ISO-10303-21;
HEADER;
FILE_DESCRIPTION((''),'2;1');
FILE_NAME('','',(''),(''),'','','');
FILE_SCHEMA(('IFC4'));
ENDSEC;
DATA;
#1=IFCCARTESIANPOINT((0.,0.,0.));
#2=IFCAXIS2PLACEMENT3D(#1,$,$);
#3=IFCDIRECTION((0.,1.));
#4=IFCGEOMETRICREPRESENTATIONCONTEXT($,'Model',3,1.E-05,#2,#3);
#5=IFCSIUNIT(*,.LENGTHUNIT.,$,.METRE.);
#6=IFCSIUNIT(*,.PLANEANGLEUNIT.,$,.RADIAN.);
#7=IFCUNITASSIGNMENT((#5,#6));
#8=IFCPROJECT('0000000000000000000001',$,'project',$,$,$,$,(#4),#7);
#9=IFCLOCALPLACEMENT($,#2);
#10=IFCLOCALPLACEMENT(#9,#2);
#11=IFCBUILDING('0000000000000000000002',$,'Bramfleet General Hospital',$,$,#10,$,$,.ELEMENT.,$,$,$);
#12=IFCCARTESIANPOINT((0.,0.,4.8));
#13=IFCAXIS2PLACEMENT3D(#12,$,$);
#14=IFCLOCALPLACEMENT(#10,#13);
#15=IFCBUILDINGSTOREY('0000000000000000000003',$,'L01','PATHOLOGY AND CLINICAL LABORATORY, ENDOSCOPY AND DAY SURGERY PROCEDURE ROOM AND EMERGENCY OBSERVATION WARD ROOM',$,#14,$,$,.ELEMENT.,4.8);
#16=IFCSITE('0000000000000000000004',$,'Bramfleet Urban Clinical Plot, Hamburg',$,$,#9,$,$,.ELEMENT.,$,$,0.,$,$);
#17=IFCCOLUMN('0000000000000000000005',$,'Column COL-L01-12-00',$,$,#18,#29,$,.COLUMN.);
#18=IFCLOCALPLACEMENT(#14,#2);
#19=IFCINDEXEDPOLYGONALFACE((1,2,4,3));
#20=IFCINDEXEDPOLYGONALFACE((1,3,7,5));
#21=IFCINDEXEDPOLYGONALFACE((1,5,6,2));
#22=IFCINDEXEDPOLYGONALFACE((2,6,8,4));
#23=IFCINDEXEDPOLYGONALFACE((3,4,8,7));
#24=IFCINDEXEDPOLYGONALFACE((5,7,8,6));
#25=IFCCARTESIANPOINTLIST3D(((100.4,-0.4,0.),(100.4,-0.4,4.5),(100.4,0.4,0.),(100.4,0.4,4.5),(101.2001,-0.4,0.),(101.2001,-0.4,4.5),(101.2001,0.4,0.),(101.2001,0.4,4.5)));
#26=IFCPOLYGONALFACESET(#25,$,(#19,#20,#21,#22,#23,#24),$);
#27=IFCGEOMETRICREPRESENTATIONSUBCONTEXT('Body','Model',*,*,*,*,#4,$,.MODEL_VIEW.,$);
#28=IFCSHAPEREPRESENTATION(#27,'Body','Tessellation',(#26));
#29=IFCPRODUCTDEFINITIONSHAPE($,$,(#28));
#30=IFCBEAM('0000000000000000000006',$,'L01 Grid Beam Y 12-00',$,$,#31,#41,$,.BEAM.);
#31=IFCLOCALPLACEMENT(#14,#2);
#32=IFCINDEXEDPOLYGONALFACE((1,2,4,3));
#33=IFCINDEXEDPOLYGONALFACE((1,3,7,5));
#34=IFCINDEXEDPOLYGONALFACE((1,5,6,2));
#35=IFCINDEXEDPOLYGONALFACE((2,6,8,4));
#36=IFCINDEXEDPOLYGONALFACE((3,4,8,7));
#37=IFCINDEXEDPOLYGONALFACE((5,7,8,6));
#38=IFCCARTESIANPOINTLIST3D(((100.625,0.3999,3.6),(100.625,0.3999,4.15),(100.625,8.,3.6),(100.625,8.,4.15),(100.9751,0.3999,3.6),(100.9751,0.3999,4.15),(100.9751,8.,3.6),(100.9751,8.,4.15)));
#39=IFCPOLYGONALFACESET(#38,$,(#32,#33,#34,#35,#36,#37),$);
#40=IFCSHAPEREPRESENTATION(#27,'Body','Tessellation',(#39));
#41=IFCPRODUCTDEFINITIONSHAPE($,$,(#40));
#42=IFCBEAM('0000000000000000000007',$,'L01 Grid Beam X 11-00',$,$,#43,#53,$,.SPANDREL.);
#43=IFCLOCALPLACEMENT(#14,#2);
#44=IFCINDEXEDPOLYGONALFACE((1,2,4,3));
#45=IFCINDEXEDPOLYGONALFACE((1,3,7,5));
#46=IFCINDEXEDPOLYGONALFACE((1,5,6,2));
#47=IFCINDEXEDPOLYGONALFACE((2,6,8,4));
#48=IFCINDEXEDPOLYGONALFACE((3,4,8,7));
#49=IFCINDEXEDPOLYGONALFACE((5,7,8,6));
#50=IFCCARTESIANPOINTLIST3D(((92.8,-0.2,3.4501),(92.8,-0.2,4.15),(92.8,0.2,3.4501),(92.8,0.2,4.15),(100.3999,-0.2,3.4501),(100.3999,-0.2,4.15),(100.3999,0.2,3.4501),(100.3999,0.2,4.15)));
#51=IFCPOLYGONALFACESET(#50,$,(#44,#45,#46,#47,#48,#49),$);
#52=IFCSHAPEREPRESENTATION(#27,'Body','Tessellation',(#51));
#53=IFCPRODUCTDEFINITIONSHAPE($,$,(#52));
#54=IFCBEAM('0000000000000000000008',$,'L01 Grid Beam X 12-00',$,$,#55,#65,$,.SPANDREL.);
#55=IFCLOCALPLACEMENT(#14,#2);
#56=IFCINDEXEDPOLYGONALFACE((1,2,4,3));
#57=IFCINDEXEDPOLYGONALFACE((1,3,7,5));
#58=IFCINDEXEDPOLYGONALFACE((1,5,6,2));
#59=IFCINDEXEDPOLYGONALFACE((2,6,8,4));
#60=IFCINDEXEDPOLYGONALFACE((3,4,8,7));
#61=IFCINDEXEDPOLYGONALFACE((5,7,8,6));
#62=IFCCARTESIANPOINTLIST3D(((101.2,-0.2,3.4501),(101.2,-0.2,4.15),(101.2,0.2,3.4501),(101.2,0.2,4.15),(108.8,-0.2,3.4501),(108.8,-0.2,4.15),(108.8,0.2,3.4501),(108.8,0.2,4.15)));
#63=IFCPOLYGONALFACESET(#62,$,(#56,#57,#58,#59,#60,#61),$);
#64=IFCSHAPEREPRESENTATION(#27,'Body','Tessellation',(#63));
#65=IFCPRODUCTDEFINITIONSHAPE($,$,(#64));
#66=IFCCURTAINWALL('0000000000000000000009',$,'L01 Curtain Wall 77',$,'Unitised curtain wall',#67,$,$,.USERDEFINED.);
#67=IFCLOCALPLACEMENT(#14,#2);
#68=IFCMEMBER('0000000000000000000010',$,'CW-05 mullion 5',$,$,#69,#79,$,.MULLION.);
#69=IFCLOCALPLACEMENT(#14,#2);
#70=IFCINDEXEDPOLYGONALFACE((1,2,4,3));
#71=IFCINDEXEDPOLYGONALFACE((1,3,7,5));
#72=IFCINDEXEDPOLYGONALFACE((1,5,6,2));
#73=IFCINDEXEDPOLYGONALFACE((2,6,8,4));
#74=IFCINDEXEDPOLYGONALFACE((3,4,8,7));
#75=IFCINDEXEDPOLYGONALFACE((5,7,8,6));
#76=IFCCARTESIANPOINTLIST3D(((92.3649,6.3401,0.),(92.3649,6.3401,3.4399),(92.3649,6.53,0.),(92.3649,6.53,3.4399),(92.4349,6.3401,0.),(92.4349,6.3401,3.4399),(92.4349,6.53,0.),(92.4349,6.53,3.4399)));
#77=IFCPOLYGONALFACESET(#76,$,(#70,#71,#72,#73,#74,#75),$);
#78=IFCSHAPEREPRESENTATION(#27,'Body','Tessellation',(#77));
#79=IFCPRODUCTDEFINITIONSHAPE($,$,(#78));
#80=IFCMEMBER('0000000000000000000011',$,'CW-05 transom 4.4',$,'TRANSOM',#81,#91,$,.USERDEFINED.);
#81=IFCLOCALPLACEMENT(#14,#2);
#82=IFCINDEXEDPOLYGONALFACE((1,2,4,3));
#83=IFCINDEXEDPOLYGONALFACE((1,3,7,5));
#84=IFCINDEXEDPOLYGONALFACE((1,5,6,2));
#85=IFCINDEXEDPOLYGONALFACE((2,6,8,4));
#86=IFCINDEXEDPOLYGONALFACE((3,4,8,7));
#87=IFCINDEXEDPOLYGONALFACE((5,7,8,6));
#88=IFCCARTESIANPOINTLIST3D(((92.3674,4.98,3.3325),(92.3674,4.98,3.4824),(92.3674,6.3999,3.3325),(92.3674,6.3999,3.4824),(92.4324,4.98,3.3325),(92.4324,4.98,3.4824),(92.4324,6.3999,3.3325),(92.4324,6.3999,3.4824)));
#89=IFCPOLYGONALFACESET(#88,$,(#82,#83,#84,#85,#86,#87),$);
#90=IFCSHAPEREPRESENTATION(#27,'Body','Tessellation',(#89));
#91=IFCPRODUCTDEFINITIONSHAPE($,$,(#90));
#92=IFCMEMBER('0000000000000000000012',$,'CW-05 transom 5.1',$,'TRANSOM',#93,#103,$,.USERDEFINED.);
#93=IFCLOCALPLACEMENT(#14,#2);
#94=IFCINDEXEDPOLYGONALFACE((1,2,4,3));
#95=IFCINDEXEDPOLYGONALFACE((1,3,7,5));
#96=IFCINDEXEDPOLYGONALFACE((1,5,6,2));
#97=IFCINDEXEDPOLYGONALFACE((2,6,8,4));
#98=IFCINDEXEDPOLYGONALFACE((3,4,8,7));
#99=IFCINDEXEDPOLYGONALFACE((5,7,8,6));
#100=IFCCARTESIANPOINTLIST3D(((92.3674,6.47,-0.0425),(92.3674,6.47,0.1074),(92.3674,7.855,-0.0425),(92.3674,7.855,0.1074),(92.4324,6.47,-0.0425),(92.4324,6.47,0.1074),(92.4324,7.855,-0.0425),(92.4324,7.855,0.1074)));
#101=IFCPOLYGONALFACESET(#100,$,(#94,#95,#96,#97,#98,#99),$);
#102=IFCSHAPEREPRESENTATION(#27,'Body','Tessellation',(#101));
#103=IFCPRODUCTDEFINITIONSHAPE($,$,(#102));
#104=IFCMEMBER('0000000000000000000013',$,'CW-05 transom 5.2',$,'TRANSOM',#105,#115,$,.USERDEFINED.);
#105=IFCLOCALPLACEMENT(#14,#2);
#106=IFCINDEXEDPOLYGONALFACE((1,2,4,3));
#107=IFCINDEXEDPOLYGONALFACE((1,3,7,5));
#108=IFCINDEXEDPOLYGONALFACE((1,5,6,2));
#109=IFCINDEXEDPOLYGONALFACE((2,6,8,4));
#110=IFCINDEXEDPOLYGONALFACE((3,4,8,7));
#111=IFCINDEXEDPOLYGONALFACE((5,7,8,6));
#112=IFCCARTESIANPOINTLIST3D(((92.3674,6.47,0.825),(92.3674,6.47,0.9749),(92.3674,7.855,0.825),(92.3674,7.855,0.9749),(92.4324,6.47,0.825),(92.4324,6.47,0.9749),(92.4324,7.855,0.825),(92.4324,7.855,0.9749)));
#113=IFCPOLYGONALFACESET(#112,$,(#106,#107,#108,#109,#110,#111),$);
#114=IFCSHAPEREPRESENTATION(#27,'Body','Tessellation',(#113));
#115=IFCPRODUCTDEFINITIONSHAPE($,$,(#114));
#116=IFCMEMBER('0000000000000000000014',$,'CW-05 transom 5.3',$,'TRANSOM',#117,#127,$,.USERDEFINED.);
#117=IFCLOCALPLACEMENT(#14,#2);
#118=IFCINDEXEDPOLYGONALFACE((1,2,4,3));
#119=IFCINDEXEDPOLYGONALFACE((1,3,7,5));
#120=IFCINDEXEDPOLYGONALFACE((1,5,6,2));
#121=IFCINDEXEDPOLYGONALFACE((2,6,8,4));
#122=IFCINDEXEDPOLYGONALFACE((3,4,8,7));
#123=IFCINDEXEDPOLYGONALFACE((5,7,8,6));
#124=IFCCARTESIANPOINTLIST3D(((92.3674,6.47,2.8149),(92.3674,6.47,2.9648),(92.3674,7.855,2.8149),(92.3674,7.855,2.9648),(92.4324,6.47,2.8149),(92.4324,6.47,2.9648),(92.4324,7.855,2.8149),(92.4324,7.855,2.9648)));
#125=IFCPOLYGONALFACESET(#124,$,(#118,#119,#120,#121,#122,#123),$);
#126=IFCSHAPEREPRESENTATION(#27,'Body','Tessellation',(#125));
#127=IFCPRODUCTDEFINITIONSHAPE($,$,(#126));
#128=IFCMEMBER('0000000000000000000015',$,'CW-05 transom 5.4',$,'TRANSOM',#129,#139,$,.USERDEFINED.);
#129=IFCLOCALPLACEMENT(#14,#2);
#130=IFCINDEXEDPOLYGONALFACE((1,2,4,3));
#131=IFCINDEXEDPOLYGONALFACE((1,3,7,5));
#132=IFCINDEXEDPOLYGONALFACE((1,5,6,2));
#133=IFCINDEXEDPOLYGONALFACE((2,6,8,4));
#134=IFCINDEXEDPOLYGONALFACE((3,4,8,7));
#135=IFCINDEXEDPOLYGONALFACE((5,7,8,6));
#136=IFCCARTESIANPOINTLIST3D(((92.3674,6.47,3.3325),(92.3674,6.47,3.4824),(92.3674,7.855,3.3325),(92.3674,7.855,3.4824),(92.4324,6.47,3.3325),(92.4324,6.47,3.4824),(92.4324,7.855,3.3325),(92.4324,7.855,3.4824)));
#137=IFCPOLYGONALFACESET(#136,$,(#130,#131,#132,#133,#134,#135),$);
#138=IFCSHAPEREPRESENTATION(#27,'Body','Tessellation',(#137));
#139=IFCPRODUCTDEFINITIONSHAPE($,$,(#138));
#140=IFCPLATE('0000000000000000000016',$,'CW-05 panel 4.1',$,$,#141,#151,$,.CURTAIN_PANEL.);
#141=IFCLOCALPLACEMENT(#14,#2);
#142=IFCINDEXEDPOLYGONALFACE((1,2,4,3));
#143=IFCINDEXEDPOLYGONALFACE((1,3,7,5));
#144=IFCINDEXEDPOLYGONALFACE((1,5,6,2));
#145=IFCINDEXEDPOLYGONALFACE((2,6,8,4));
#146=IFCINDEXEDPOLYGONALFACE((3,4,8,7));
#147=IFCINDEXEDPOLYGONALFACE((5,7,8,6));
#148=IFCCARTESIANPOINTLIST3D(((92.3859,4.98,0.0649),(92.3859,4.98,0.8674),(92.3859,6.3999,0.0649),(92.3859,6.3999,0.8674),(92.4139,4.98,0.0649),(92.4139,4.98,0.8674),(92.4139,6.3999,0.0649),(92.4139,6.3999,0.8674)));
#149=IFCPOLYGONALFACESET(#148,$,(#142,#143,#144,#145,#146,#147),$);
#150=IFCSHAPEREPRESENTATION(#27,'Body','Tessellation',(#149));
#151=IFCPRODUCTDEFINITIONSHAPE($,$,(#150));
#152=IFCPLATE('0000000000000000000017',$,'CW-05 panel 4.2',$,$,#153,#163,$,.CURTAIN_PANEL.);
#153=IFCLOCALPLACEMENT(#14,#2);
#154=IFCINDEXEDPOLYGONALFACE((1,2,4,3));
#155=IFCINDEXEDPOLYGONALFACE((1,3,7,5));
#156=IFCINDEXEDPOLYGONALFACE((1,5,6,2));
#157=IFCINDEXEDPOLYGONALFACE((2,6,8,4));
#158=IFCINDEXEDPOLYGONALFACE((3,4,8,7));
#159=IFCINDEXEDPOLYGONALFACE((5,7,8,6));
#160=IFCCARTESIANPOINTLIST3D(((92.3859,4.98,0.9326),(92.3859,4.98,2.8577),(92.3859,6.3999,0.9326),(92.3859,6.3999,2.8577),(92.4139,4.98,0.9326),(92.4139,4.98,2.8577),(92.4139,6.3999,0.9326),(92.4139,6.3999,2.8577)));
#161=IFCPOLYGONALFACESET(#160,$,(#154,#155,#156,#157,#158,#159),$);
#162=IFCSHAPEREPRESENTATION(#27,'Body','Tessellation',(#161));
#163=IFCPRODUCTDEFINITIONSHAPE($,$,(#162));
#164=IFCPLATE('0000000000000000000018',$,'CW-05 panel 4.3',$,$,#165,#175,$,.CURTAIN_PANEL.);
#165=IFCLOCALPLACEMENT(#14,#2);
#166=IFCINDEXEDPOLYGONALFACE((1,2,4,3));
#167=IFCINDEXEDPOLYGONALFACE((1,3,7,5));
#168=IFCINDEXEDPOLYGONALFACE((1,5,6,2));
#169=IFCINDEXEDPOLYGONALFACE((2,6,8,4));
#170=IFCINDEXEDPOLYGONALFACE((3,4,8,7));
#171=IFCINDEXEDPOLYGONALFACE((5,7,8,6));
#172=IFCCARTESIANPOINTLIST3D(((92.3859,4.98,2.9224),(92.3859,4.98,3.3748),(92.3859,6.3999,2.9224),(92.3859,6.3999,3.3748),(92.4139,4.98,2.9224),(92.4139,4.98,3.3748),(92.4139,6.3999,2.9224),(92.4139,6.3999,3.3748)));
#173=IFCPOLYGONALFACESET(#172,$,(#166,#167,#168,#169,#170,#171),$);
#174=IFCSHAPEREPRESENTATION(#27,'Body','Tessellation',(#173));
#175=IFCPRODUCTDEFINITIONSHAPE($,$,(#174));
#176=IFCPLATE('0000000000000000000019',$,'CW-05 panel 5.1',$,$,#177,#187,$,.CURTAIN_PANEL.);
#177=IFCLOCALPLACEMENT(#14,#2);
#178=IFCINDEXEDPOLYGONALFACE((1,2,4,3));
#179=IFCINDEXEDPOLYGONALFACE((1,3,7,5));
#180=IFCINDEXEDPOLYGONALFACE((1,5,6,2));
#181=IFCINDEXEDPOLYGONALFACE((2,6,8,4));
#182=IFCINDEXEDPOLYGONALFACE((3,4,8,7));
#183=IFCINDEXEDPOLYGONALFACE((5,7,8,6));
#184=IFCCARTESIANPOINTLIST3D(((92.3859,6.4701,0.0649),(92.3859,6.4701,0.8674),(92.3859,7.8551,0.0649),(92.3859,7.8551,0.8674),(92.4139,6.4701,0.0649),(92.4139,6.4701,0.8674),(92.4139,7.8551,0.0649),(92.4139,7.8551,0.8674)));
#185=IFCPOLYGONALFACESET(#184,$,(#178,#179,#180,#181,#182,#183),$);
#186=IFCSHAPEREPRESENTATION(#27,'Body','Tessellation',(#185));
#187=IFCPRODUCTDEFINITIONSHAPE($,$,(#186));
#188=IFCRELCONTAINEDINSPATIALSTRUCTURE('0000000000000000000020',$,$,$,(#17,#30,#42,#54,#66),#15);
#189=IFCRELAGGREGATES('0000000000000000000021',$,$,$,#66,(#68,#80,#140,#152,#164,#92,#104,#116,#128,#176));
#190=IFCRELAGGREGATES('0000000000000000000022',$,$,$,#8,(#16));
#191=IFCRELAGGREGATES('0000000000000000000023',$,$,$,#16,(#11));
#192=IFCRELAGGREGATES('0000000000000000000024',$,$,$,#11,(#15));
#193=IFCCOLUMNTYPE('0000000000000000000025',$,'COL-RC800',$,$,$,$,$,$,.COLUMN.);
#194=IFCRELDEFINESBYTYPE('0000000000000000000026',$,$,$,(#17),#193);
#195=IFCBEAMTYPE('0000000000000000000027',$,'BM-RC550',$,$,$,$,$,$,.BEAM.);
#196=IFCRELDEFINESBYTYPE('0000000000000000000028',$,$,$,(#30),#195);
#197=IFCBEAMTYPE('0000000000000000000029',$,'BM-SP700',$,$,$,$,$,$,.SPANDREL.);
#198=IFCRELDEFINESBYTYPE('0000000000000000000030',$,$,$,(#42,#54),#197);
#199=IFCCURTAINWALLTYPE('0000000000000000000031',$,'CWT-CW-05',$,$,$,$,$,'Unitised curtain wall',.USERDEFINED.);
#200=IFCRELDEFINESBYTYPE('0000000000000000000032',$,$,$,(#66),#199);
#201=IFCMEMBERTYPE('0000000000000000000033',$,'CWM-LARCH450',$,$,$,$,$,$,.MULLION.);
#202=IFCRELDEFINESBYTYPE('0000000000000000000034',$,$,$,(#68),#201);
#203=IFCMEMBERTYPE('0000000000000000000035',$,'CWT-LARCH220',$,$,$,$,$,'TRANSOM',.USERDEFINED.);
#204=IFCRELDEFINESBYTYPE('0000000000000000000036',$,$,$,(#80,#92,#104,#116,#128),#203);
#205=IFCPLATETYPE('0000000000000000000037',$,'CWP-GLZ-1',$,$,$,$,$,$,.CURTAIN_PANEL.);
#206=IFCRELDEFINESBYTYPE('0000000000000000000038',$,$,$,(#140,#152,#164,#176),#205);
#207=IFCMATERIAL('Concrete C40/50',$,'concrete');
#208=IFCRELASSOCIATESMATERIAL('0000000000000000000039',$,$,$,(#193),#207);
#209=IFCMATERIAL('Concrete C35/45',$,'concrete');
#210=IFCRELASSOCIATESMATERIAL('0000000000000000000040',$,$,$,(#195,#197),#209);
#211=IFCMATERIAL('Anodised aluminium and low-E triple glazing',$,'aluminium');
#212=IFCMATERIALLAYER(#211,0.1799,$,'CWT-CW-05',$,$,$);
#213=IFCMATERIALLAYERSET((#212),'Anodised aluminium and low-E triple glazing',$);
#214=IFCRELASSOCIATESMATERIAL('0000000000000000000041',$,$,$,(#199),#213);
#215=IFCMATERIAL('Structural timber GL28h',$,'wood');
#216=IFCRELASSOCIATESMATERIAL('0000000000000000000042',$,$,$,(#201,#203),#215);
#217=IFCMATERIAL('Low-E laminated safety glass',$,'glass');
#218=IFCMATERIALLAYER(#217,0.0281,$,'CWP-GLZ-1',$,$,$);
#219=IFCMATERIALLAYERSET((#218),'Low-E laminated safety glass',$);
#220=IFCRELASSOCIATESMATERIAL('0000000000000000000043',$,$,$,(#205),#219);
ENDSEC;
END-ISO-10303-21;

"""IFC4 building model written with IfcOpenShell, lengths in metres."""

from ifc_helpers import new_model, si_unit, direction, frame, origin, origin_2d, place, context, subcontext, project, spatial, rectangle, extrude, material, layer, layer_set, material_profile, profile_set, type_object, element, aggregate, save


model = new_model("IFC4")

# Units and contexts
model_context = context("Model", 3, precision=1e-05, world=origin(), true_north=direction((0.0, 1.0)))
body_context = subcontext(model_context, "Body", "Model", "MODEL_VIEW")
ifc_project = project(units=[si_unit("LENGTHUNIT", "METRE"), si_unit("PLANEANGLEUNIT", "RADIAN")], contexts=[model_context])

# Site, building, storey
site_placement = place(None, origin())
site = spatial("IfcSite", under=ifc_project, at=site_placement, Name="Bramfleet Urban Clinical Plot, Hamburg", CompositionType="ELEMENT", RefElevation=0.0)
building_placement = place(site_placement, origin())
building = spatial("IfcBuilding", under=site, at=building_placement, Name="Bramfleet General Hospital", CompositionType="ELEMENT")
storey_placement = place(building_placement, frame((0.0, 0.0, 4.8)))
storey = spatial("IfcBuildingStorey", under=building, at=storey_placement, Name="L01", Description="PATHOLOGY AND CLINICAL LABORATORY, ENDOSCOPY AND DAY SURGERY PROCEDURE ROOM AND EMERGENCY OBSERVATION WARD ROOM", CompositionType="ELEMENT", Elevation=4.8)

# Column
ifc_material_1 = material(Name="Concrete C40/50", Category="concrete")
ifc_material_profile_1 = material_profile(ifc_material_1, rectangle(XDim=0.8, YDim=0.8, at=origin_2d()), Name="RC COL 800x800")
ifc_profile_set_1 = profile_set([ifc_material_profile_1], Name="Concrete C40/50")
column_type = type_object("IfcColumnType", Name="COL-RC800", PredefinedType="COLUMN", material=ifc_profile_set_1)
column_placement = place(storey_placement, frame((100.8, 0.0, 0.0), z_axis=(0.0, 0.0, 1.0), x_axis=(1.0, 0.0, 0.0)))
element("IfcColumn", 1, at=column_placement, inside=storey, type_object=column_type, Name="Column COL-L01-12-00", PredefinedType="COLUMN", context=body_context, shape_type="SweptSolid", body=[
    extrude(rectangle(XDim=0.8, YDim=0.8, at=origin_2d()), origin(), (0.0, 0.0, 1.0), 4.5),
])

# Beams
ifc_material_2 = material(Name="Concrete C35/45", Category="concrete")
ifc_material_profile_2 = material_profile(ifc_material_2, rectangle(XDim=0.3501, YDim=0.55, at=origin_2d()), Name="RC BM 550x350")
ifc_profile_set_2 = profile_set([ifc_material_profile_2], Name="Concrete C35/45")
beam_type_1 = type_object("IfcBeamType", Name="BM-RC550", PredefinedType="BEAM", material=ifc_profile_set_2)
beam_1_placement = place(storey_placement, frame((100.8, 0.3999, 3.875), z_axis=(0.0, 1.0, 0.0), x_axis=(-1.0, 0.0, 0.0)))
element("IfcBeam", 2, at=beam_1_placement, inside=storey, type_object=beam_type_1, Name="L01 Grid Beam Y 12-00", PredefinedType="BEAM", context=body_context, shape_type="SweptSolid", body=[
    extrude(rectangle(XDim=0.3501, YDim=0.55, at=origin_2d()), origin(), (0.0, 0.0, 1.0), 7.6001),
])
ifc_material_profile_3 = material_profile(ifc_material_2, rectangle(XDim=0.3999, YDim=0.7, at=origin_2d()), Name="RC SP 700x400")
ifc_profile_set_3 = profile_set([ifc_material_profile_3], Name="Concrete C35/45")
beam_type_2 = type_object("IfcBeamType", Name="BM-SP700", PredefinedType="SPANDREL", material=ifc_profile_set_3)
beam_2_placement = place(storey_placement, frame((92.8, 0.0, 3.8), z_axis=(1.0, 0.0, 0.0), x_axis=(0.0, 1.0, 0.0)))
element("IfcBeam", 3, at=beam_2_placement, inside=storey, type_object=beam_type_2, Name="L01 Grid Beam X 11-00", PredefinedType="SPANDREL", context=body_context, shape_type="SweptSolid", body=[
    extrude(rectangle(XDim=0.3999, YDim=0.7, at=origin_2d()), origin(), (0.0, 0.0, 1.0), 7.5999),
])
beam_3_placement = place(storey_placement, frame((101.2, 0.0, 3.8), z_axis=(1.0, 0.0, 0.0), x_axis=(0.0, 1.0, 0.0)))
element("IfcBeam", 4, at=beam_3_placement, inside=storey, type_object=beam_type_2, Name="L01 Grid Beam X 12-00", PredefinedType="SPANDREL", context=body_context, shape_type="SweptSolid", body=[
    extrude(rectangle(XDim=0.3999, YDim=0.7, at=origin_2d()), origin(), (0.0, 0.0, 1.0), 7.6001),
])

# Curtain wall, members, plates
ifc_material_3 = material(Name="Anodised aluminium and low-E triple glazing", Category="aluminium")
ifc_layer_1 = layer(ifc_material_3, 0.1799, Name="CWT-CW-05")
ifc_layer_set_1 = layer_set([ifc_layer_1], Name="Anodised aluminium and low-E triple glazing")
curtain_wall_type = type_object("IfcCurtainWallType", Name="CWT-CW-05", ElementType="Unitised curtain wall", PredefinedType="USERDEFINED", material=ifc_layer_set_1)
curtain_wall_placement = place(storey_placement, origin())
curtain_wall = element("IfcCurtainWall", 5, at=curtain_wall_placement, inside=storey, type_object=curtain_wall_type, Name="L01 Curtain Wall 77", ObjectType="Unitised curtain wall", PredefinedType="USERDEFINED")
ifc_material_4 = material(Name="Structural timber GL28h", Category="wood")
ifc_material_profile_4 = material_profile(ifc_material_4, rectangle(XDim=0.0701, YDim=0.1899, at=origin_2d()), Name="LARCH 190x70")
ifc_profile_set_4 = profile_set([ifc_material_profile_4], Name="Structural timber GL28h")
member_type_1 = type_object("IfcMemberType", Name="CWM-LARCH450", PredefinedType="MULLION", material=ifc_profile_set_4)
member_1_placement = place(storey_placement, frame((92.3999, 6.4351, 0.0), z_axis=(0.0, 0.0, 1.0), x_axis=(-1.0, 0.0, 0.0)))
member_1 = element("IfcMember", 6, at=member_1_placement, type_object=member_type_1, Name="CW-05 mullion 5", PredefinedType="MULLION", context=body_context, shape_type="SweptSolid", body=[
    extrude(rectangle(XDim=0.0701, YDim=0.1899, at=origin_2d()), origin(), (0.0, 0.0, 1.0), 3.4399),
])
ifc_material_profile_5 = material_profile(ifc_material_4, rectangle(XDim=0.0649, YDim=0.1499, at=origin_2d()), Name="LARCH 150x65")
ifc_profile_set_5 = profile_set([ifc_material_profile_5], Name="Structural timber GL28h")
member_type_2 = type_object("IfcMemberType", Name="CWT-LARCH220", ElementType="TRANSOM", PredefinedType="USERDEFINED", material=ifc_profile_set_5)
member_2_placement = place(storey_placement, frame((92.3999, 4.98, 3.4075), z_axis=(0.0, 1.0, 0.0), x_axis=(-1.0, 0.0, 0.0)))
member_2 = element("IfcMember", 7, at=member_2_placement, type_object=member_type_2, Name="CW-05 transom 4.4", ObjectType="TRANSOM", PredefinedType="USERDEFINED", context=body_context, shape_type="SweptSolid", body=[
    extrude(rectangle(XDim=0.0649, YDim=0.1499, at=origin_2d()), origin(), (0.0, 0.0, 1.0), 1.4199),
])
member_3_placement = place(storey_placement, frame((92.3999, 6.47, 0.0325), z_axis=(0.0, 1.0, 0.0), x_axis=(-1.0, 0.0, 0.0)))
member_3 = element("IfcMember", 8, at=member_3_placement, type_object=member_type_2, Name="CW-05 transom 5.1", ObjectType="TRANSOM", PredefinedType="USERDEFINED", context=body_context, shape_type="SweptSolid", body=[
    extrude(rectangle(XDim=0.0649, YDim=0.1499, at=origin_2d()), origin(), (0.0, 0.0, 1.0), 1.385),
])
member_4_placement = place(storey_placement, frame((92.3999, 6.47, 0.8999), z_axis=(0.0, 1.0, 0.0), x_axis=(-1.0, 0.0, 0.0)))
member_4 = element("IfcMember", 9, at=member_4_placement, type_object=member_type_2, Name="CW-05 transom 5.2", ObjectType="TRANSOM", PredefinedType="USERDEFINED", context=body_context, shape_type="SweptSolid", body=[
    extrude(rectangle(XDim=0.0649, YDim=0.1499, at=origin_2d()), origin(), (0.0, 0.0, 1.0), 1.385),
])
member_5_placement = place(storey_placement, frame((92.3999, 6.47, 2.8899), z_axis=(0.0, 1.0, 0.0), x_axis=(-1.0, 0.0, 0.0)))
member_5 = element("IfcMember", 10, at=member_5_placement, type_object=member_type_2, Name="CW-05 transom 5.3", ObjectType="TRANSOM", PredefinedType="USERDEFINED", context=body_context, shape_type="SweptSolid", body=[
    extrude(rectangle(XDim=0.0649, YDim=0.1499, at=origin_2d()), origin(), (0.0, 0.0, 1.0), 1.385),
])
member_6_placement = place(storey_placement, frame((92.3999, 6.47, 3.4075), z_axis=(0.0, 1.0, 0.0), x_axis=(-1.0, 0.0, 0.0)))
member_6 = element("IfcMember", 11, at=member_6_placement, type_object=member_type_2, Name="CW-05 transom 5.4", ObjectType="TRANSOM", PredefinedType="USERDEFINED", context=body_context, shape_type="SweptSolid", body=[
    extrude(rectangle(XDim=0.0649, YDim=0.1499, at=origin_2d()), origin(), (0.0, 0.0, 1.0), 1.385),
])
ifc_material_5 = material(Name="Low-E laminated safety glass", Category="glass")
ifc_layer_2 = layer(ifc_material_5, 0.0281, Name="CWP-GLZ-1")
ifc_layer_set_2 = layer_set([ifc_layer_2], Name="Low-E laminated safety glass")
plate_type = type_object("IfcPlateType", Name="CWP-GLZ-1", PredefinedType="CURTAIN_PANEL", material=ifc_layer_set_2)
plate_1_placement = place(storey_placement, frame((92.3999, 5.6899, 0.0649), z_axis=(0.0, 0.0, 1.0), x_axis=(0.0, 1.0, 0.0)))
plate_1 = element("IfcPlate", 12, at=plate_1_placement, type_object=plate_type, Name="CW-05 panel 4.1", PredefinedType="CURTAIN_PANEL", context=body_context, shape_type="SweptSolid", body=[
    extrude(rectangle(XDim=1.4199, YDim=0.0281, at=origin_2d()), origin(), (0.0, 0.0, 1.0), 0.8025),
])
plate_2_placement = place(storey_placement, frame((92.3999, 5.6899, 0.9326), z_axis=(0.0, 0.0, 1.0), x_axis=(0.0, 1.0, 0.0)))
plate_2 = element("IfcPlate", 13, at=plate_2_placement, type_object=plate_type, Name="CW-05 panel 4.2", PredefinedType="CURTAIN_PANEL", context=body_context, shape_type="SweptSolid", body=[
    extrude(rectangle(XDim=1.4199, YDim=0.0281, at=origin_2d()), origin(), (0.0, 0.0, 1.0), 1.925),
])
plate_3_placement = place(storey_placement, frame((92.3999, 5.6899, 2.9224), z_axis=(0.0, 0.0, 1.0), x_axis=(0.0, 1.0, 0.0)))
plate_3 = element("IfcPlate", 14, at=plate_3_placement, type_object=plate_type, Name="CW-05 panel 4.3", PredefinedType="CURTAIN_PANEL", context=body_context, shape_type="SweptSolid", body=[
    extrude(rectangle(XDim=1.4199, YDim=0.0281, at=origin_2d()), origin(), (0.0, 0.0, 1.0), 0.4524),
])
plate_4_placement = place(storey_placement, frame((92.3999, 7.1626, 0.0649), z_axis=(0.0, 0.0, 1.0), x_axis=(0.0, 1.0, 0.0)))
plate_4 = element("IfcPlate", 15, at=plate_4_placement, type_object=plate_type, Name="CW-05 panel 5.1", PredefinedType="CURTAIN_PANEL", context=body_context, shape_type="SweptSolid", body=[
    extrude(rectangle(XDim=1.385, YDim=0.0281, at=origin_2d()), origin(), (0.0, 0.0, 1.0), 0.8025),
])
aggregate(curtain_wall, [member_1, member_2, plate_1, plate_2, plate_3, member_3, member_4, member_5, member_6, plate_4])

save(model, "model.ifc")
